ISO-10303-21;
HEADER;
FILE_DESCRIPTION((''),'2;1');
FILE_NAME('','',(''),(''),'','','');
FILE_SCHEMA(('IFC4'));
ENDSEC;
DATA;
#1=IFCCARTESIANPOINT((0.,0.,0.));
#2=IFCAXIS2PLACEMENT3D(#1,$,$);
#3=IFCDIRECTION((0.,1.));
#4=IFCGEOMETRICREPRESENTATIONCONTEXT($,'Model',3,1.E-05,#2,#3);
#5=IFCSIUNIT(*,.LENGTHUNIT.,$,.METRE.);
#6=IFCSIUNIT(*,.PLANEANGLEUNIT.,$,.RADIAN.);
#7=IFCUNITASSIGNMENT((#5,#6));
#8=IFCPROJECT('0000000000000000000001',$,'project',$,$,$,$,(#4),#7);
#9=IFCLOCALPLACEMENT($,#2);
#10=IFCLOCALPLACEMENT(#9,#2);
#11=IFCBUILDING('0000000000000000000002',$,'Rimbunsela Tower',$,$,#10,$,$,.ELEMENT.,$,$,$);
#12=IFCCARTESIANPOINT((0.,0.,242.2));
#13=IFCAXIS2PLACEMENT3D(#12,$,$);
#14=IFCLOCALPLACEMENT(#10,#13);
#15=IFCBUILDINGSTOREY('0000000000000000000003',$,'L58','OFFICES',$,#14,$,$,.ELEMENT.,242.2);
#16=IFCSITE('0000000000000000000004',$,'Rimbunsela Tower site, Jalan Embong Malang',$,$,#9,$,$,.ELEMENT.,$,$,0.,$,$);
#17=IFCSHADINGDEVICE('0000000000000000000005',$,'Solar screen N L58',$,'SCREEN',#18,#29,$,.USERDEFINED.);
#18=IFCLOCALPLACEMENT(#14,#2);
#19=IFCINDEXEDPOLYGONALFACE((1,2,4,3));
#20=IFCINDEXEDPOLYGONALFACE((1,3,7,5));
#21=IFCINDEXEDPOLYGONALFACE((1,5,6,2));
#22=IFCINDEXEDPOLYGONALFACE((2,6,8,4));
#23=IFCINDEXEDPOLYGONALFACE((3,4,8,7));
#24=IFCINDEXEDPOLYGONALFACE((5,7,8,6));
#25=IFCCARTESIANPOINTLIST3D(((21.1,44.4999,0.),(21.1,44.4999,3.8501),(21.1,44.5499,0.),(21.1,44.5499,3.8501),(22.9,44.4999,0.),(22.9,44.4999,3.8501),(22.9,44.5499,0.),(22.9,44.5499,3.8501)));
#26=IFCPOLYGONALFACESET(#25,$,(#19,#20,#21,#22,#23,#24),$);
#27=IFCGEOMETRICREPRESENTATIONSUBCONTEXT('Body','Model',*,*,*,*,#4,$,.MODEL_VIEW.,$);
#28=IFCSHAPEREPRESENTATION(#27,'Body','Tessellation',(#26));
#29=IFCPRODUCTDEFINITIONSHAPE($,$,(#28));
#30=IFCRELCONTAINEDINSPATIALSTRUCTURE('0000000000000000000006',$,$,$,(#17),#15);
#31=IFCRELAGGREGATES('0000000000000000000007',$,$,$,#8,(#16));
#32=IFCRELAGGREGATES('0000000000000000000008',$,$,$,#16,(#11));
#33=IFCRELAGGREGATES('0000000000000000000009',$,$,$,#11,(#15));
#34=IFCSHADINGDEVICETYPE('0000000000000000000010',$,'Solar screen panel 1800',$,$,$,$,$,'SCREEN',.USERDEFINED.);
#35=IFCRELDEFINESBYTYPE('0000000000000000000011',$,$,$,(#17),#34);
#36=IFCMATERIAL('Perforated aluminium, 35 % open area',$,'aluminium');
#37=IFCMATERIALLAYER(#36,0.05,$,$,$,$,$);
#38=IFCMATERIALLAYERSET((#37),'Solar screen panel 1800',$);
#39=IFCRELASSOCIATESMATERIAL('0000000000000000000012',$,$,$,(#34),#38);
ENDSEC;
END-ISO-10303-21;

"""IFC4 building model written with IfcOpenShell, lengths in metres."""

from ifc_helpers import new_model, si_unit, direction, frame, origin, origin_2d, place, context, subcontext, project, spatial, rectangle, extrude, material, layer, layer_set, type_object, element, save


model = new_model("IFC4")

# Units and contexts
model_context = context("Model", 3, precision=1e-05, world=origin(), true_north=direction((0.0, 1.0)))
body_context = subcontext(model_context, "Body", "Model", "MODEL_VIEW")
ifc_project = project(units=[si_unit("LENGTHUNIT", "METRE"), si_unit("PLANEANGLEUNIT", "RADIAN")], contexts=[model_context])

# Site, building, storey
site_placement = place(None, origin())
site = spatial("IfcSite", under=ifc_project, at=site_placement, Name="Rimbunsela Tower site, Jalan Embong Malang", CompositionType="ELEMENT", RefElevation=0.0)
building_placement = place(site_placement, origin())
building = spatial("IfcBuilding", under=site, at=building_placement, Name="Rimbunsela Tower", CompositionType="ELEMENT")
storey_placement = place(building_placement, frame((0.0, 0.0, 242.2)))
storey = spatial("IfcBuildingStorey", under=building, at=storey_placement, Name="L58", Description="OFFICES", CompositionType="ELEMENT", Elevation=242.2)

# Shading device
ifc_material_1 = material(Name="Perforated aluminium, 35 % open area", Category="aluminium")
ifc_layer_1 = layer(ifc_material_1, 0.05)
ifc_layer_set_1 = layer_set([ifc_layer_1], Name="Solar screen panel 1800")
shading_device_type = type_object("IfcShadingDeviceType", Name="Solar screen panel 1800", ElementType="SCREEN", PredefinedType="USERDEFINED", material=ifc_layer_set_1)
for number, where, z_axis, x_axis, name in (
    (1, (22.0, 44.5249, 0.0), (0.0, 0.0, 1.0), (1.0, 0.0, 0.0), "Solar screen N L58"),
):
    element("IfcShadingDevice", number, at=place(storey_placement, frame(where, z_axis=z_axis, x_axis=x_axis)), inside=storey, type_object=shading_device_type, Name=name, ObjectType="SCREEN", PredefinedType="USERDEFINED", context=body_context, shape_type="SweptSolid", body=[
        extrude(rectangle(XDim=1.8, YDim=0.05, at=origin_2d()), origin(), (0.0, 0.0, 1.0), 3.8501),
    ])

save(model, "model.ifc")
